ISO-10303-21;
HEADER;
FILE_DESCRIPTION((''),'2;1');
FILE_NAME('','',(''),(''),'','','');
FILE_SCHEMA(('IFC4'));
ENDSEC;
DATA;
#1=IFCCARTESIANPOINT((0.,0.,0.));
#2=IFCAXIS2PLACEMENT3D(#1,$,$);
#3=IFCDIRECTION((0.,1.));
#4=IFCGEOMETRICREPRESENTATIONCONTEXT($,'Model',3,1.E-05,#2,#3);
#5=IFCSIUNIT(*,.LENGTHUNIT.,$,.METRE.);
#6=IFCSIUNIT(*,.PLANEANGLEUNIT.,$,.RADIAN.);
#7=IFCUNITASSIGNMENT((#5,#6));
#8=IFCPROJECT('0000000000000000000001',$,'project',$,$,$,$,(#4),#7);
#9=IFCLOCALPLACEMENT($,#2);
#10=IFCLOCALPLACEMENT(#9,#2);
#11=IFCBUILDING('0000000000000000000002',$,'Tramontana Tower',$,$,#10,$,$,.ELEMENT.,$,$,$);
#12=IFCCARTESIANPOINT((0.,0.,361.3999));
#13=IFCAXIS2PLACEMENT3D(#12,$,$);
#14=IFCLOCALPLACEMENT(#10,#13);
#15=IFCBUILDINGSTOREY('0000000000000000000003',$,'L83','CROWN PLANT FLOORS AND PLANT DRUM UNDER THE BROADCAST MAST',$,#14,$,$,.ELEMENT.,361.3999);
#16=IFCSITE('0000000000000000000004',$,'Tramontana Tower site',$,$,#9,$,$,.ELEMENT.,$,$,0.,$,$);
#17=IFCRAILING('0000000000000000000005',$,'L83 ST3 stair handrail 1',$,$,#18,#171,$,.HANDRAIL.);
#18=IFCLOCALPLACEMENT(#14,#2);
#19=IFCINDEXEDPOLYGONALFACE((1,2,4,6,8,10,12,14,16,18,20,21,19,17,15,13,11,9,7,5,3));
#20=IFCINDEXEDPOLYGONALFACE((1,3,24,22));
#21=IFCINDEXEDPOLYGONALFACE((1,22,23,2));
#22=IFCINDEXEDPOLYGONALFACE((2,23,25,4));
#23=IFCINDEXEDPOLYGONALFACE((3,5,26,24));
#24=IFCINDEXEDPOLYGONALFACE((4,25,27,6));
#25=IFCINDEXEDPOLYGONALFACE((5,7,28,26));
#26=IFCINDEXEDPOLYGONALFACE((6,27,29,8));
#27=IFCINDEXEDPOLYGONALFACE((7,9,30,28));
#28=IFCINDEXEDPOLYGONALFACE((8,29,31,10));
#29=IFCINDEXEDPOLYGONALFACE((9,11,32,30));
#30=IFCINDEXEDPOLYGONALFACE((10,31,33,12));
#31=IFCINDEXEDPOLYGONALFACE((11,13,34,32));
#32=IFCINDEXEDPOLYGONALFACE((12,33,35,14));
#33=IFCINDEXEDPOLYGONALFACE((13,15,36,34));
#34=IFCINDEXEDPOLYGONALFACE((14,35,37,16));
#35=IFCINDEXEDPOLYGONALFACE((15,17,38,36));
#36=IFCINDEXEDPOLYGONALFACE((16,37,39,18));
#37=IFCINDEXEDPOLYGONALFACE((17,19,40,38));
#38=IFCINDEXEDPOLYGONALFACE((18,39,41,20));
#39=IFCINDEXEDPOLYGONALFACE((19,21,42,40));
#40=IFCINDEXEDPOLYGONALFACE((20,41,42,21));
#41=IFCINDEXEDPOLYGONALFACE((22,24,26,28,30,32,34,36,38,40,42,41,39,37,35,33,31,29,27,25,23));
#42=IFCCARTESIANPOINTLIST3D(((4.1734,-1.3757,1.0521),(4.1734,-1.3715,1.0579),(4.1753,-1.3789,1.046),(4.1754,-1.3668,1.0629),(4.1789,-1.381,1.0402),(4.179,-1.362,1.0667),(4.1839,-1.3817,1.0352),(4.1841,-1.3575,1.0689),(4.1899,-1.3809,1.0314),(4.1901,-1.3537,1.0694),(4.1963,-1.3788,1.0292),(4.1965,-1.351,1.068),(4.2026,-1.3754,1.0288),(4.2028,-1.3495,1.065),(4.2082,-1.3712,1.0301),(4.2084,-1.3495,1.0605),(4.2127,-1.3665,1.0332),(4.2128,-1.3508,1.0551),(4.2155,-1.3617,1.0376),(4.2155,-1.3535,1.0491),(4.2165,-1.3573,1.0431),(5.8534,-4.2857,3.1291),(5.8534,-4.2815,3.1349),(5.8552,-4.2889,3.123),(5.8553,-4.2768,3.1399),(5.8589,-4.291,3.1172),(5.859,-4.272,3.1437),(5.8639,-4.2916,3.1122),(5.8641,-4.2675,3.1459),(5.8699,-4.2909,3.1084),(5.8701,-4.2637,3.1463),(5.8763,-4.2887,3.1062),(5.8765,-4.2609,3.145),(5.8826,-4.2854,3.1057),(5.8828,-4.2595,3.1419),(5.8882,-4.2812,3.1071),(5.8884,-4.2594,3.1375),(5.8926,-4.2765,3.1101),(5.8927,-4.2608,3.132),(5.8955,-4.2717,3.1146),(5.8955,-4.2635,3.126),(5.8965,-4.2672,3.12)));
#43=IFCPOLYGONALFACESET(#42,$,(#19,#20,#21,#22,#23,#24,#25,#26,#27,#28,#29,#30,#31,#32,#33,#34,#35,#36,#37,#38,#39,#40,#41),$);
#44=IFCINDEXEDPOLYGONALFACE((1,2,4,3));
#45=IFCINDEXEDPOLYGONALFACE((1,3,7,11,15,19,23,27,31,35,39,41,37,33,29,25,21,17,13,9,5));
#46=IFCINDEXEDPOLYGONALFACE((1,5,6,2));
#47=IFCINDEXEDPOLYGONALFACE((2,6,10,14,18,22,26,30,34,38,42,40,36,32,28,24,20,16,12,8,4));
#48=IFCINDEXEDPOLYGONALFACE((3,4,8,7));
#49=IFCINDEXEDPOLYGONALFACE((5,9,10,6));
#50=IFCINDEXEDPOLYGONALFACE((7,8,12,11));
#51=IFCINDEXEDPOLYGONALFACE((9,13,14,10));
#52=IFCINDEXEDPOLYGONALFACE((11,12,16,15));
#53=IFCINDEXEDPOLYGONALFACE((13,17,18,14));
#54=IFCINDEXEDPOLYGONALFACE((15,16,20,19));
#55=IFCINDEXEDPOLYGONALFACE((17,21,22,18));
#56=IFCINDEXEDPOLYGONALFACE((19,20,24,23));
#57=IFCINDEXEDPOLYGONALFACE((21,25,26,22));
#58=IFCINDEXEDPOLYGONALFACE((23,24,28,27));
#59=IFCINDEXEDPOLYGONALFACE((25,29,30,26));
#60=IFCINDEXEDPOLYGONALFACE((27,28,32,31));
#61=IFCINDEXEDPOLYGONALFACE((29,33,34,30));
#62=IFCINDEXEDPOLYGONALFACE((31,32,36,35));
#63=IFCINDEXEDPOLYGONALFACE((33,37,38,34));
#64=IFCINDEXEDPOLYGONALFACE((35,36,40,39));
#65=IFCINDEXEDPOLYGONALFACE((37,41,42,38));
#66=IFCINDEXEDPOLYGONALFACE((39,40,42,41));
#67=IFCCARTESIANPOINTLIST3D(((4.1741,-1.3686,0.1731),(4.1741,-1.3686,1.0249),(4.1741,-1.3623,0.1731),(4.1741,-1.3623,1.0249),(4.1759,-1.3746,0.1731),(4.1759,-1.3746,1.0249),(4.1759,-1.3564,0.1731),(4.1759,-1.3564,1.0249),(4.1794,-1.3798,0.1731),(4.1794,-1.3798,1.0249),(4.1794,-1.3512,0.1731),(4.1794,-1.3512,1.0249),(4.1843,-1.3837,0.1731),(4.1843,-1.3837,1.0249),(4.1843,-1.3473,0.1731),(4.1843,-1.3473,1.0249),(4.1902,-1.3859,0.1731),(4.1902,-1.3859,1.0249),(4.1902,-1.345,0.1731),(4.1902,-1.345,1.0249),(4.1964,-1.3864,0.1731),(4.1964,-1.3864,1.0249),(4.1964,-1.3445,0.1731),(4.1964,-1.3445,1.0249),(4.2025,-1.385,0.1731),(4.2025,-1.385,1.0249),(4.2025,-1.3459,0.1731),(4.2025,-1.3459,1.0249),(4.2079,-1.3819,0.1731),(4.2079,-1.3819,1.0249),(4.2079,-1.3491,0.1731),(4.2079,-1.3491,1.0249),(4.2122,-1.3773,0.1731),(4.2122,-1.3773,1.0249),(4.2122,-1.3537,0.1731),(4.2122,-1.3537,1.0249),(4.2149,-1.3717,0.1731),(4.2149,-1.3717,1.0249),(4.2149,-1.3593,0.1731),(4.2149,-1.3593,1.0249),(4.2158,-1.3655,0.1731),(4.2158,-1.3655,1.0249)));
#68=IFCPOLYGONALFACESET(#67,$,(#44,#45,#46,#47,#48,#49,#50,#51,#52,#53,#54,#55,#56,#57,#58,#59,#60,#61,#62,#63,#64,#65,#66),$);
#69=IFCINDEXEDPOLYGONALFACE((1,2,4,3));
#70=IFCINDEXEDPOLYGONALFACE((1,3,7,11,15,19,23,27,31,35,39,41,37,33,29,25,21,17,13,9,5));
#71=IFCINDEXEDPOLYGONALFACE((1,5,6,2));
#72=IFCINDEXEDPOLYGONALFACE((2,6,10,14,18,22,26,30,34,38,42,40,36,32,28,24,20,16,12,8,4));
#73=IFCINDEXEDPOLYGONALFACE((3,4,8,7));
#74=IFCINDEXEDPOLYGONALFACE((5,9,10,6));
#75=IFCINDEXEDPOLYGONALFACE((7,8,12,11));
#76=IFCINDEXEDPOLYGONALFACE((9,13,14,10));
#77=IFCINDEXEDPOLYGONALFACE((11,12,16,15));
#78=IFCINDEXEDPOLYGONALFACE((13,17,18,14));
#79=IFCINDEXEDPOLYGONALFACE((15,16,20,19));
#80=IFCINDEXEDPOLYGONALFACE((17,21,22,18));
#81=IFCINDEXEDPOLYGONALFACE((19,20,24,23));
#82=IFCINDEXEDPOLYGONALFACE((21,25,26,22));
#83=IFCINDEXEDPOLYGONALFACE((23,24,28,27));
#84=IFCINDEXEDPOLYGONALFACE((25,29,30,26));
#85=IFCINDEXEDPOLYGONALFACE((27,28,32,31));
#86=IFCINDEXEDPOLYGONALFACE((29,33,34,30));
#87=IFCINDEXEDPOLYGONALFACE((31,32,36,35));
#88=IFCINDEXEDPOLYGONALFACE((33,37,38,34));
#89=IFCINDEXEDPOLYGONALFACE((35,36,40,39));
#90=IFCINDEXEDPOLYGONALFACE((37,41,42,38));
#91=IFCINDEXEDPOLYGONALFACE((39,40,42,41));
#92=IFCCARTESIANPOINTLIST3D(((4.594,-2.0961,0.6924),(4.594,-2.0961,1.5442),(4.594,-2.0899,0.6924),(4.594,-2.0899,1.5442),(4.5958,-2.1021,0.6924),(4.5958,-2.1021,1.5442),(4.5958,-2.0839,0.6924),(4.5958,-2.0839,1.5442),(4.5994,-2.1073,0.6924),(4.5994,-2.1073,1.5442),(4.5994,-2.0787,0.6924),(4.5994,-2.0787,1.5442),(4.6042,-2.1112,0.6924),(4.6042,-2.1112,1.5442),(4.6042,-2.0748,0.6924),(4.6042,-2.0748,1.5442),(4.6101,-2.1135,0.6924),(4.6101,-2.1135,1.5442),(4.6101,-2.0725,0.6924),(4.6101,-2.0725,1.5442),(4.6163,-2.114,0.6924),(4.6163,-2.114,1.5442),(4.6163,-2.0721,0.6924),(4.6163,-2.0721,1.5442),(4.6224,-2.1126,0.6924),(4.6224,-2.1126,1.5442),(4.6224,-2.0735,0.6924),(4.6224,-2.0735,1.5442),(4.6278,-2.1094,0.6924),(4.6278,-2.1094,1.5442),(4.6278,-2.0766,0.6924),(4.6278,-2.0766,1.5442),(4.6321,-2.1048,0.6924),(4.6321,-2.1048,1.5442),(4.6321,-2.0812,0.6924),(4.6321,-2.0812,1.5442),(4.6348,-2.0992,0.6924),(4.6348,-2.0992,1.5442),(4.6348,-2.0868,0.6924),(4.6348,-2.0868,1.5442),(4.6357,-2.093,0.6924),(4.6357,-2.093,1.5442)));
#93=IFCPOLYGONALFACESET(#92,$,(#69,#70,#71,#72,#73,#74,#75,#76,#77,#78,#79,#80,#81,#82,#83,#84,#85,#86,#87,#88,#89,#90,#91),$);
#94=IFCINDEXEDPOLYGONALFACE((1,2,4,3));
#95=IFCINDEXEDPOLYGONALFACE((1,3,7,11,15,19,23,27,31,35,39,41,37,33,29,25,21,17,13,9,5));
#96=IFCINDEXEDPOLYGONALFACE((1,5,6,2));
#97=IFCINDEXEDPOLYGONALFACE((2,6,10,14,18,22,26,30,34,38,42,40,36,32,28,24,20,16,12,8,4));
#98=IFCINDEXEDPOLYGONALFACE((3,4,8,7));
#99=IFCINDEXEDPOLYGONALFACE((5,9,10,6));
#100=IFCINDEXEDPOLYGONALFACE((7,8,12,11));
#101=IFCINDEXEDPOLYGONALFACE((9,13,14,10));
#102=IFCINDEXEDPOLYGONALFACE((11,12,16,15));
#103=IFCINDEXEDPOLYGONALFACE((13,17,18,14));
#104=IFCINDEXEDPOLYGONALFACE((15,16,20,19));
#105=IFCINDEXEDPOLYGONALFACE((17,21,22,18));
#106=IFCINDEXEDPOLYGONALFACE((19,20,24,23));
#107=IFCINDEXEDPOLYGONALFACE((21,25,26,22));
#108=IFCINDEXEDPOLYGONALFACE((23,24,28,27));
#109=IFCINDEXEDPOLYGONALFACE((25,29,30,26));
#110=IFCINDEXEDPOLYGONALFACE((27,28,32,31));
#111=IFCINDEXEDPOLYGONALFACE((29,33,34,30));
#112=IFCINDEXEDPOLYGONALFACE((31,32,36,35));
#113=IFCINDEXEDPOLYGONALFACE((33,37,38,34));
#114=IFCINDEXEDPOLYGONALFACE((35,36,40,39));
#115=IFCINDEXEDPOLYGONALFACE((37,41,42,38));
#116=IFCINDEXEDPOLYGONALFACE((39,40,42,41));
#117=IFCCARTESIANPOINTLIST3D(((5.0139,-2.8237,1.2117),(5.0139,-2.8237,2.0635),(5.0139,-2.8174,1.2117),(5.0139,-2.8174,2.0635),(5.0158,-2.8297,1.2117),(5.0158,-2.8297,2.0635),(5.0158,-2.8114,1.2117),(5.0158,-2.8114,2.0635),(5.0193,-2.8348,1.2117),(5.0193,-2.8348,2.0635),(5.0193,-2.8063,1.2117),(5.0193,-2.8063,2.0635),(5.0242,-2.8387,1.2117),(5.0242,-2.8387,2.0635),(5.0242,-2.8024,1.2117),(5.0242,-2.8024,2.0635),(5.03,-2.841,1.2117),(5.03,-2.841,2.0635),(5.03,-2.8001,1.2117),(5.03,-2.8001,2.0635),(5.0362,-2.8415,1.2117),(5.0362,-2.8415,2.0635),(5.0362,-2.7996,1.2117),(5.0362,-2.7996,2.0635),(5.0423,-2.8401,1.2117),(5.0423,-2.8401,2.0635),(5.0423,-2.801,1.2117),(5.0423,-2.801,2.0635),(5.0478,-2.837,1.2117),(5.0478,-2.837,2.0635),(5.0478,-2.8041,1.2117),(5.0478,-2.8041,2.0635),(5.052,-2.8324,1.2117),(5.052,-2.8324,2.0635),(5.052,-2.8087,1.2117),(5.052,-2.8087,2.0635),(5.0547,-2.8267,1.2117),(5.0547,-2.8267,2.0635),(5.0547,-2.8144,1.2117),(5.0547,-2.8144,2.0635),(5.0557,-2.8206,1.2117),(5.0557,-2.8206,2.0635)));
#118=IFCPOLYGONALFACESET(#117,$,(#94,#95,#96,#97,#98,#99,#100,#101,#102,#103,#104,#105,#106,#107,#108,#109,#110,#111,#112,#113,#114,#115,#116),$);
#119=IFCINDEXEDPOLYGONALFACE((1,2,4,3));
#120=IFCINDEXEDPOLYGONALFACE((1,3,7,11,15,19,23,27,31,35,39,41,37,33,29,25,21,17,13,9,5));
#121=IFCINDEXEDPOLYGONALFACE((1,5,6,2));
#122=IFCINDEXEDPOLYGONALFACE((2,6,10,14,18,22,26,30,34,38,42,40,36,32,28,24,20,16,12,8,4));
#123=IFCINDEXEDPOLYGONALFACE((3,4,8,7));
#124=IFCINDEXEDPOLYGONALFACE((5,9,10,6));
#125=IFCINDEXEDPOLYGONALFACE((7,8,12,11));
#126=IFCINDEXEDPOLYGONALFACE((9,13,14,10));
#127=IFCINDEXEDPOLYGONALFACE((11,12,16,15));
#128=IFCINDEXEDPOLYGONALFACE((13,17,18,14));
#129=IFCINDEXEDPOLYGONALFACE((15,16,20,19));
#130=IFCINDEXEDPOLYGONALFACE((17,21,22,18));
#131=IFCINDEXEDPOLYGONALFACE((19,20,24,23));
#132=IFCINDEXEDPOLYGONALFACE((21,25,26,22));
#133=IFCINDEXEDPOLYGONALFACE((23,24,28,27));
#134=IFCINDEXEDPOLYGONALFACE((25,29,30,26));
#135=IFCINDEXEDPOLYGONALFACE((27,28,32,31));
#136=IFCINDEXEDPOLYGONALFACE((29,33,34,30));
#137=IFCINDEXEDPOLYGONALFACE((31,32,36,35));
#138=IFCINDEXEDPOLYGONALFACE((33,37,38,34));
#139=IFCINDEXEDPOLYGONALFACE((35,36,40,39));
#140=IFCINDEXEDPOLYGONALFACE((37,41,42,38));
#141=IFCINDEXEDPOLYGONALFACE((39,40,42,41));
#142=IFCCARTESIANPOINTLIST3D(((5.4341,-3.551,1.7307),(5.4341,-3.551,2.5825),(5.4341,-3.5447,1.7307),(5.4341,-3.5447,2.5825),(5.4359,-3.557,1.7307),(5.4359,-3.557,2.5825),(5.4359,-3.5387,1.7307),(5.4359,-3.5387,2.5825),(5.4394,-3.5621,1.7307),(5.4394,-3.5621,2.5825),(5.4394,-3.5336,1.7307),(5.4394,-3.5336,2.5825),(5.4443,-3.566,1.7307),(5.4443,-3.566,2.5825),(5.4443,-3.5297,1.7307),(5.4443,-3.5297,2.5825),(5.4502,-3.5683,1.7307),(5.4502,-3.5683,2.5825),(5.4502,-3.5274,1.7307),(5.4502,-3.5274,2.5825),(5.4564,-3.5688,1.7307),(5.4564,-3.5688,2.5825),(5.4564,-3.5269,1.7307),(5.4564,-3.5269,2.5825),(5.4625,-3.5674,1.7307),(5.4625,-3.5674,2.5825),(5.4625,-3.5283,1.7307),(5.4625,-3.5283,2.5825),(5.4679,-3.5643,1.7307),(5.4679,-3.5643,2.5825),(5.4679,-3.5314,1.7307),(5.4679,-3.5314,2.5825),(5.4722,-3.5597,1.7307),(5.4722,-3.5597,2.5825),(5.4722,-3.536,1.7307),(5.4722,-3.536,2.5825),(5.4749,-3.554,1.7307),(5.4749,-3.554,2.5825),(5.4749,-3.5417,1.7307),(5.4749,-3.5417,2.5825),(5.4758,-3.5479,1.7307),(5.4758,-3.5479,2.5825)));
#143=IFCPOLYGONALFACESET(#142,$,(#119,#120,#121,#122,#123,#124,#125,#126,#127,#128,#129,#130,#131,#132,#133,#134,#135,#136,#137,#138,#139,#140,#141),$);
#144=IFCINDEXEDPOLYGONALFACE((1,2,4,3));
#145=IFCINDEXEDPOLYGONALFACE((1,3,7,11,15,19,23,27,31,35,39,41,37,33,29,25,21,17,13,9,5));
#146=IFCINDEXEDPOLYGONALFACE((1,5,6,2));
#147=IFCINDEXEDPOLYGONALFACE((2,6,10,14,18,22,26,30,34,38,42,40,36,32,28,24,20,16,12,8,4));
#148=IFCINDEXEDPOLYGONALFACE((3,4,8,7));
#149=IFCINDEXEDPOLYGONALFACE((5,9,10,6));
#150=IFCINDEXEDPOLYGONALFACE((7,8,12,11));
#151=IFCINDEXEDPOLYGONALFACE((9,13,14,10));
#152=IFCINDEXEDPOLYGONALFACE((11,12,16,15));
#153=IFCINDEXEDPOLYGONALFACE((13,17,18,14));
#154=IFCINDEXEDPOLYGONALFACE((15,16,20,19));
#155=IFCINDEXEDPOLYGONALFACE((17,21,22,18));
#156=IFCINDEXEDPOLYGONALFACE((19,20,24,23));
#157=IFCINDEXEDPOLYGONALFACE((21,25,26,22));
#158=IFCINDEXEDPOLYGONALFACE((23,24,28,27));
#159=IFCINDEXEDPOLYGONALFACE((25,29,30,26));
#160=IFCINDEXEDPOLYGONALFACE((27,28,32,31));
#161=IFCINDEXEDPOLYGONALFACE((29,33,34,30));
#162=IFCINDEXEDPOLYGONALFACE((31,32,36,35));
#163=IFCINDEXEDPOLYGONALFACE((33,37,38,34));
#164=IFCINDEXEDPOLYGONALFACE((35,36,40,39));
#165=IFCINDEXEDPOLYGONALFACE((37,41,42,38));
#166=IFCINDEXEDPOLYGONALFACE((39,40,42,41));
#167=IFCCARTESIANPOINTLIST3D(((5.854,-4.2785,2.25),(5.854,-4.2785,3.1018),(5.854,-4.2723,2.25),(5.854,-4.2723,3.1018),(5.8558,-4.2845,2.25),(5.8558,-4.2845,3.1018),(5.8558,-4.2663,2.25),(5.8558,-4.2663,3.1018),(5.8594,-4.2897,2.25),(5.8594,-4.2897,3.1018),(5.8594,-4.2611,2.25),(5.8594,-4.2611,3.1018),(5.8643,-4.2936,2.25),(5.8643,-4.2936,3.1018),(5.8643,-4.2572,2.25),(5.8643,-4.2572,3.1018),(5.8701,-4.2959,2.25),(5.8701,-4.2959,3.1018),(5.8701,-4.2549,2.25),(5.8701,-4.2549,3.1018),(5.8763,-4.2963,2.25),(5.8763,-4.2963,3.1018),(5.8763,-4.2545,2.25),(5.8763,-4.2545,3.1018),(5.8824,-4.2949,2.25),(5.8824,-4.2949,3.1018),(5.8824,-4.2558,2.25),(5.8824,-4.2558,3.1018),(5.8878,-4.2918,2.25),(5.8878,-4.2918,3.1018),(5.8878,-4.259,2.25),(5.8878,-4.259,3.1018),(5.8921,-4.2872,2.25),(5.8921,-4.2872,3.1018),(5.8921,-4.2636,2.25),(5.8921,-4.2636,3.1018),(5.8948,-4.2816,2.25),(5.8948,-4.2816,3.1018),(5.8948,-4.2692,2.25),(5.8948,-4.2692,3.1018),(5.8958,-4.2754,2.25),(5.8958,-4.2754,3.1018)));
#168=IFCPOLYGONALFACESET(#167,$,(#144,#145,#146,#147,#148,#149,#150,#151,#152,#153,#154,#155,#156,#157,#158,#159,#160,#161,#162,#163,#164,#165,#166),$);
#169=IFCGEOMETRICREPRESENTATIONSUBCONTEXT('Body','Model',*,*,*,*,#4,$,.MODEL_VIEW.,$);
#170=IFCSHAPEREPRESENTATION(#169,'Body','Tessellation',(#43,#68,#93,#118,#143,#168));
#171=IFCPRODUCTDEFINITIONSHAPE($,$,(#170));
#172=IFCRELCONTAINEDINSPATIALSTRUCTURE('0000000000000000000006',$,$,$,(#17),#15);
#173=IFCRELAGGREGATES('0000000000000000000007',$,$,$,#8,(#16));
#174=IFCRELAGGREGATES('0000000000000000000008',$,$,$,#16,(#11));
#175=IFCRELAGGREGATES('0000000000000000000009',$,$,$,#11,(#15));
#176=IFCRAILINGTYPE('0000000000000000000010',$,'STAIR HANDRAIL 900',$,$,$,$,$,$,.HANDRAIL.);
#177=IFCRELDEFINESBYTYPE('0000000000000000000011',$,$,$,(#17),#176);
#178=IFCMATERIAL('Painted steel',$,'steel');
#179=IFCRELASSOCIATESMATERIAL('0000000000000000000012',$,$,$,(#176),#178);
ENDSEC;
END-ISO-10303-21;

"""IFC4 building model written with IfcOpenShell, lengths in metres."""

from ifc_helpers import new_model, si_unit, direction, frame, origin, origin_2d, place, context, subcontext, project, spatial, circle, extrude, material, type_object, element, save


model = new_model("IFC4")

# Units and contexts
model_context = context("Model", 3, precision=1e-05, world=origin(), true_north=direction((0.0, 1.0)))
body_context = subcontext(model_context, "Body", "Model", "MODEL_VIEW")
ifc_project = project(units=[si_unit("LENGTHUNIT", "METRE"), si_unit("PLANEANGLEUNIT", "RADIAN")], contexts=[model_context])

# Site, building, storey
site_placement = place(None, origin())
site = spatial("IfcSite", under=ifc_project, at=site_placement, Name="Tramontana Tower site", CompositionType="ELEMENT", RefElevation=0.0)
building_placement = place(site_placement, origin())
building = spatial("IfcBuilding", under=site, at=building_placement, Name="Tramontana Tower", CompositionType="ELEMENT")
storey_placement = place(building_placement, frame((0.0, 0.0, 361.3999)))
storey = spatial("IfcBuildingStorey", under=building, at=storey_placement, Name="L83", Description="CROWN PLANT FLOORS AND PLANT DRUM UNDER THE BROADCAST MAST", CompositionType="ELEMENT", Elevation=361.3999)

# Railing
ifc_material_1 = material(Name="Painted steel", Category="steel")
railing_type_1 = type_object("IfcRailingType", Name="STAIR HANDRAIL 900", PredefinedType="HANDRAIL", material=ifc_material_1)
railing_1_placement = place(storey_placement, frame((4.1948, -1.3655, 0.1731)))
element("IfcRailing", 1, at=railing_1_placement, inside=storey, type_object=railing_type_1, Name="L83 ST3 stair handrail 1", PredefinedType="HANDRAIL", context=body_context, shape_type="SweptSolid", body=[
    extrude(circle(Radius=0.0239, at=origin_2d()), frame((0.0, 0.0, 0.876), z_axis=(0.425288, -0.736668, 0.525785), x_axis=(0.866039, 0.499976, 0.0)), (0.0, 0.0, 1.0), 3.9502),
    extrude(circle(Radius=0.021, at=origin_2d()), origin(), (0.0, 0.0, 1.0), 0.8518),
    extrude(circle(Radius=0.021, at=origin_2d()), frame((0.4199, -0.7275, 0.5193)), (0.0, 0.0, 1.0), 0.8518),
    extrude(circle(Radius=0.021, at=origin_2d()), frame((0.8398, -1.4551, 1.0386)), (0.0, 0.0, 1.0), 0.8518),
    extrude(circle(Radius=0.021, at=origin_2d()), frame((1.26, -2.1824, 1.5576)), (0.0, 0.0, 1.0), 0.8518),
    extrude(circle(Radius=0.021, at=origin_2d()), frame((1.6799, -2.9099, 2.0769)), (0.0, 0.0, 1.0), 0.8518),
])

save(model, "model.ifc")
